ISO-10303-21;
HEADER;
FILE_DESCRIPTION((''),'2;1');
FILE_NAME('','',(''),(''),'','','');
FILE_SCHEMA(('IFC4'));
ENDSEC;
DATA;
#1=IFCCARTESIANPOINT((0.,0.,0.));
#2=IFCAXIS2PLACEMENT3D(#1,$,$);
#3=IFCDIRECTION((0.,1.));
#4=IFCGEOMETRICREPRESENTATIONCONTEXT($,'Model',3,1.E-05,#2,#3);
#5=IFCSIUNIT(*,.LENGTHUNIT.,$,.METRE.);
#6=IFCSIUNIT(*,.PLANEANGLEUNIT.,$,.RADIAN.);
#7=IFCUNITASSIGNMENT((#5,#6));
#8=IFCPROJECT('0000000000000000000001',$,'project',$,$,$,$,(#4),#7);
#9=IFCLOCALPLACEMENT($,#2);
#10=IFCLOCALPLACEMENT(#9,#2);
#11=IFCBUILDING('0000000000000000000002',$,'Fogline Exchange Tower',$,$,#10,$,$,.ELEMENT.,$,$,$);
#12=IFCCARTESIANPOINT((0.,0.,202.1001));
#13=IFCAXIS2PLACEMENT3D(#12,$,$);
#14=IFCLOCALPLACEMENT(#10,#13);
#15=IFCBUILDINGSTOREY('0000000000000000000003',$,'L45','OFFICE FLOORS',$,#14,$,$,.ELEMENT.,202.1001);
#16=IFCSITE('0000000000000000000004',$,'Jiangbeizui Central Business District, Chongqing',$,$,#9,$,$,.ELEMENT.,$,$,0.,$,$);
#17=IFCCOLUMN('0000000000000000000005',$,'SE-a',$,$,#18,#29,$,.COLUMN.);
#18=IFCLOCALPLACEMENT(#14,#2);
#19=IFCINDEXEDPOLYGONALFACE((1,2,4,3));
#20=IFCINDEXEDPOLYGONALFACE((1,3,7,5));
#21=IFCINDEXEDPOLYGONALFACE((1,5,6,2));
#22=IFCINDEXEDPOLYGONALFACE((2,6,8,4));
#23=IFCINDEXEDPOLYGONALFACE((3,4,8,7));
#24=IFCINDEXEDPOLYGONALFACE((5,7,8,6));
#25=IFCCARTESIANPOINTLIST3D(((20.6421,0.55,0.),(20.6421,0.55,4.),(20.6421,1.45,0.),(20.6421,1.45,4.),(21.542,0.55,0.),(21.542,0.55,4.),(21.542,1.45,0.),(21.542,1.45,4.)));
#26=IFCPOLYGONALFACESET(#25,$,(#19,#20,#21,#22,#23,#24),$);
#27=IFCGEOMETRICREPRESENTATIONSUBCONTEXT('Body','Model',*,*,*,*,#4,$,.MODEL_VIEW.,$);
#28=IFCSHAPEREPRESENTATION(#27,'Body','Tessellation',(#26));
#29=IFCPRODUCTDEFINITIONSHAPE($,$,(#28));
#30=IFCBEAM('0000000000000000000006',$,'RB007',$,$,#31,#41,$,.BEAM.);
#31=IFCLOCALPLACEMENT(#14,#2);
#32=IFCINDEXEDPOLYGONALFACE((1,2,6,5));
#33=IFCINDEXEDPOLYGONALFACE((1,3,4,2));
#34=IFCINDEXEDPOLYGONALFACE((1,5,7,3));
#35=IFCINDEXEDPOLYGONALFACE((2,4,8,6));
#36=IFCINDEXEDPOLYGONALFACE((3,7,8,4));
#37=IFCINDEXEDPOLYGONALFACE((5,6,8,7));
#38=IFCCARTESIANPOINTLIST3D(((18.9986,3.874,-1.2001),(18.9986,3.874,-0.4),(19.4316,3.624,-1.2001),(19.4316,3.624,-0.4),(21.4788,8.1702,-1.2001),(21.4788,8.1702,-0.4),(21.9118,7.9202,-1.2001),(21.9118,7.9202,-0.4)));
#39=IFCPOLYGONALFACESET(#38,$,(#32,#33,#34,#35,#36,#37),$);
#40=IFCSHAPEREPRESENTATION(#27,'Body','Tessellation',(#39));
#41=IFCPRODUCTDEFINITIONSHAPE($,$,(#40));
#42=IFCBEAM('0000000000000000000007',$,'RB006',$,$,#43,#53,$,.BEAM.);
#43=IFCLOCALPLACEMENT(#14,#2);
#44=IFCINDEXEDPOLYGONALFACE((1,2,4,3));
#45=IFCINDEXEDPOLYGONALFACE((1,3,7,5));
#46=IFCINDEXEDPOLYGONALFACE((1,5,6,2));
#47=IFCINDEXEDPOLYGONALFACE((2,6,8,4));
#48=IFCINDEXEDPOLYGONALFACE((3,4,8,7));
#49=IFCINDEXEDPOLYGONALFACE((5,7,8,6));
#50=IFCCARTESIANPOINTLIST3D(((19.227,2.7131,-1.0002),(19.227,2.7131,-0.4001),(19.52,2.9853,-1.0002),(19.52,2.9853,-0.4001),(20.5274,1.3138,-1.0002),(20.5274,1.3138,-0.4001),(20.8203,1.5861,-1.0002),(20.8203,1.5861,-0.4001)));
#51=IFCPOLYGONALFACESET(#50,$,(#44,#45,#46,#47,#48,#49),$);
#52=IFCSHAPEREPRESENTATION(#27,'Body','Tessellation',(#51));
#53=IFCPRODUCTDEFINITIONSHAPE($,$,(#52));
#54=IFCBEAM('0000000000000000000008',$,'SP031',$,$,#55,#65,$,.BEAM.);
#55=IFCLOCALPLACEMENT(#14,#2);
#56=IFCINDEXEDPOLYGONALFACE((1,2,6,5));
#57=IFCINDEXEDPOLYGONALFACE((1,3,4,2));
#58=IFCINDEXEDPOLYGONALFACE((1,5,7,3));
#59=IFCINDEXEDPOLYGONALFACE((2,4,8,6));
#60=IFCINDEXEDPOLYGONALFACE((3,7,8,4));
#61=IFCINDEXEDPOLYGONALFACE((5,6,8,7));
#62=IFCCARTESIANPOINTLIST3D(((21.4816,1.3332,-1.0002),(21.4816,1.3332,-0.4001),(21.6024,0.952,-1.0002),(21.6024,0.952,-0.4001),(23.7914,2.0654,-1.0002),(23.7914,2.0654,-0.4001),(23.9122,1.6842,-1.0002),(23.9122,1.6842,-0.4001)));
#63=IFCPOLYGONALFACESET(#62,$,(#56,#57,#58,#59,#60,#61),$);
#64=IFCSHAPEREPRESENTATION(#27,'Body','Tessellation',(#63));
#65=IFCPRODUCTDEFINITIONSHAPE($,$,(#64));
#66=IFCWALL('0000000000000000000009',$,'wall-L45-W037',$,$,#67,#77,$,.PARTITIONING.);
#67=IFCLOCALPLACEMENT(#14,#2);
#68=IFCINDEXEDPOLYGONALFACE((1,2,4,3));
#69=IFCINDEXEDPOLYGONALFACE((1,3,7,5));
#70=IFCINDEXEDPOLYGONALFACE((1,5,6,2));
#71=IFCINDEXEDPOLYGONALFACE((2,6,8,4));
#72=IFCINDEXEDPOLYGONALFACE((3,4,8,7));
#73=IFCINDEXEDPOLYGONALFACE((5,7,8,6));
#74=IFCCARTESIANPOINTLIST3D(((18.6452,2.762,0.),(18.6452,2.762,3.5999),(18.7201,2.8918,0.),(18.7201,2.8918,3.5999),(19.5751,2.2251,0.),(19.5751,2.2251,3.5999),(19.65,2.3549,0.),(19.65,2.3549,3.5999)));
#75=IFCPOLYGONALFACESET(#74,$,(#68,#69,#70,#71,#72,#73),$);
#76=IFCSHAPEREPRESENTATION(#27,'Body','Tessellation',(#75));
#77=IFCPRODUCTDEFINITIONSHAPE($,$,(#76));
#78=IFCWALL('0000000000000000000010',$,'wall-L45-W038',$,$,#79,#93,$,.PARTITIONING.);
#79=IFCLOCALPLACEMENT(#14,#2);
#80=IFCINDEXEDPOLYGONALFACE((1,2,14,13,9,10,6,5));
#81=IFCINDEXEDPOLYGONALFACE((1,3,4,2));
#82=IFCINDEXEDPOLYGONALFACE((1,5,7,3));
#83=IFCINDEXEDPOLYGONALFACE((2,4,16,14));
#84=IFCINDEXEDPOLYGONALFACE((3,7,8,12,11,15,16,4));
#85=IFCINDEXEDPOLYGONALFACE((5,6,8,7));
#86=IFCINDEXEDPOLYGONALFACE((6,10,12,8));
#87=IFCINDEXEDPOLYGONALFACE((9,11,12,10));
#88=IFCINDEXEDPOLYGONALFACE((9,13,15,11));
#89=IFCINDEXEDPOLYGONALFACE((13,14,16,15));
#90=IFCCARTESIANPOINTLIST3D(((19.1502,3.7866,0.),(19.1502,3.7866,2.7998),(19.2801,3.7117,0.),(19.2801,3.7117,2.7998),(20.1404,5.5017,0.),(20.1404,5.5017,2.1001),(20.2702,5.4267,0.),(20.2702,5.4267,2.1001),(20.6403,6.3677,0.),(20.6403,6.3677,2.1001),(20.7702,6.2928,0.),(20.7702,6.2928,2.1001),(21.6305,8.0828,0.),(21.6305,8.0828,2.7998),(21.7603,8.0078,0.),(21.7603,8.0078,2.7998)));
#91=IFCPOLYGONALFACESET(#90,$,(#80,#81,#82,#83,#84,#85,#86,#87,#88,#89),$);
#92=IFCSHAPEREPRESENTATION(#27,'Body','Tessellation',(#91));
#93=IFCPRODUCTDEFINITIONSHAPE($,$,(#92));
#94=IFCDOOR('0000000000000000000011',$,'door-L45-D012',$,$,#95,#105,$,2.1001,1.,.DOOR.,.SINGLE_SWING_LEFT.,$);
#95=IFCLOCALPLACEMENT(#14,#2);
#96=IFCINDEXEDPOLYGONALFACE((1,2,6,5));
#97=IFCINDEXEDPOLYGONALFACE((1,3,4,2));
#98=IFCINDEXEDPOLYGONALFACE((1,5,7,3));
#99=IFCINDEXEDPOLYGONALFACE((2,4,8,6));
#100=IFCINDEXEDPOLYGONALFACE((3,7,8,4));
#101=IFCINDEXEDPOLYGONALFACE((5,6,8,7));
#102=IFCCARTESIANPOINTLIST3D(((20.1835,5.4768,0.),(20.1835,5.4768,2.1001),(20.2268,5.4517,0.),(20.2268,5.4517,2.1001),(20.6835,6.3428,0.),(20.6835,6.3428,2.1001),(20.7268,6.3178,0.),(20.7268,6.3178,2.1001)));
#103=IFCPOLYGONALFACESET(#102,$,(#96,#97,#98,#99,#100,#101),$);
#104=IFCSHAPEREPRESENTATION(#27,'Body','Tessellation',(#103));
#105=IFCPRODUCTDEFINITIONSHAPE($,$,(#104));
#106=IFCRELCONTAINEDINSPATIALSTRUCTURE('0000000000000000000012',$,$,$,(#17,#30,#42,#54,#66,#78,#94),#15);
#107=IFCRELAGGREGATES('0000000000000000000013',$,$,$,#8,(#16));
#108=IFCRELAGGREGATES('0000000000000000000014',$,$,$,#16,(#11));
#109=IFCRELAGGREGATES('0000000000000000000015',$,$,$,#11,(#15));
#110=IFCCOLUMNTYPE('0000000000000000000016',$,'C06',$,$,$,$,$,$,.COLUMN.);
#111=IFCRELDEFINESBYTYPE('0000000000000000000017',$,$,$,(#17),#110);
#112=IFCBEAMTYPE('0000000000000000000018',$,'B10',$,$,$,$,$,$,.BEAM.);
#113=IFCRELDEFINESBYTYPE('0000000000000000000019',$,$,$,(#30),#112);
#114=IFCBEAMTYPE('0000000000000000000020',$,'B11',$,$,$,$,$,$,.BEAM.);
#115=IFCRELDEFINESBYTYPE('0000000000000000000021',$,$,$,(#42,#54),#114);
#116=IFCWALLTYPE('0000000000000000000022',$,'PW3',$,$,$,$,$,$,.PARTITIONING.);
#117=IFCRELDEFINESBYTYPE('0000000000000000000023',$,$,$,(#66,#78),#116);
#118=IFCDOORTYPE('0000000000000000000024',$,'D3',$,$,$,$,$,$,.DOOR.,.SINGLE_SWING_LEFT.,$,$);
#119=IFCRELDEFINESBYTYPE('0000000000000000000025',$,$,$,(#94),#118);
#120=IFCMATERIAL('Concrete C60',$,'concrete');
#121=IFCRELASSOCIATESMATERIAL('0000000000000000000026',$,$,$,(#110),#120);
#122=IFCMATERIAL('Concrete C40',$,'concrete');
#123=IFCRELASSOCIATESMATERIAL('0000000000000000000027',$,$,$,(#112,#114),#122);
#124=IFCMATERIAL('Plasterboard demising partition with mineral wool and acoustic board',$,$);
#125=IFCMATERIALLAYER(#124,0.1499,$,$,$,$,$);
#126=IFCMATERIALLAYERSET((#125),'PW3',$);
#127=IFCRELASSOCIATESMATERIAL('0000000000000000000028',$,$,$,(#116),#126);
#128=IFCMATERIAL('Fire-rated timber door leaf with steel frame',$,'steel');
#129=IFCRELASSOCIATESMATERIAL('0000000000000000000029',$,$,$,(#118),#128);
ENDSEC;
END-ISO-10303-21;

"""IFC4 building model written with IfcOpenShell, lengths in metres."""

from ifc_helpers import new_model, si_unit, direction, frame, frame_2d, origin, origin_2d, place, context, subcontext, project, spatial, rectangle, extrude, material, layer, layer_set, material_profile, profile_set, type_object, element, fill, save


model = new_model("IFC4")

# Units and contexts
model_context = context("Model", 3, precision=1e-05, world=origin(), true_north=direction((0.0, 1.0)))
body_context = subcontext(model_context, "Body", "Model", "MODEL_VIEW")
ifc_project = project(units=[si_unit("LENGTHUNIT", "METRE"), si_unit("PLANEANGLEUNIT", "RADIAN")], contexts=[model_context])

# Site, building, storey
site_placement = place(None, origin())
site = spatial("IfcSite", under=ifc_project, at=site_placement, Name="Jiangbeizui Central Business District, Chongqing", CompositionType="ELEMENT", RefElevation=0.0)
building_placement = place(site_placement, origin())
building = spatial("IfcBuilding", under=site, at=building_placement, Name="Fogline Exchange Tower", CompositionType="ELEMENT")
storey_placement = place(building_placement, frame((0.0, 0.0, 202.1001)))
storey = spatial("IfcBuildingStorey", under=building, at=storey_placement, Name="L45", Description="OFFICE FLOORS", CompositionType="ELEMENT", Elevation=202.1001)

# Column
ifc_material_1 = material(Name="Concrete C60", Category="concrete")
ifc_material_profile_1 = material_profile(ifc_material_1, rectangle(XDim=0.8999, YDim=0.8999, at=origin_2d()), Name="RC 900x900")
ifc_profile_set_1 = profile_set([ifc_material_profile_1], Name="Concrete C60")
column_type = type_object("IfcColumnType", Name="C06", PredefinedType="COLUMN", material=ifc_profile_set_1)
column_placement = place(storey_placement, frame((21.092, 1.0, 0.0), z_axis=(0.0, 0.0, 1.0), x_axis=(1.0, 0.0, 0.0)))
element("IfcColumn", 1, at=column_placement, inside=storey, type_object=column_type, Name="SE-a", PredefinedType="COLUMN", context=body_context, shape_type="SweptSolid", body=[
    extrude(rectangle(XDim=0.8999, YDim=0.8999, at=origin_2d()), origin(), (0.0, 0.0, 1.0), 4.0),
])

# Beams
ifc_material_2 = material(Name="Concrete C40", Category="concrete")
ifc_material_profile_2 = material_profile(ifc_material_2, rectangle(XDim=0.5, YDim=0.8, at=origin_2d()), Name="RC 500x800")
ifc_profile_set_2 = profile_set([ifc_material_profile_2], Name="Concrete C40")
beam_type_1 = type_object("IfcBeamType", Name="B10", PredefinedType="BEAM", material=ifc_profile_set_2)
beam_1_placement = place(storey_placement, frame((19.2151, 3.749, -0.8), z_axis=(0.499977, 0.866039, 0.0), x_axis=(-0.866039, 0.499977, 0.0)))
element("IfcBeam", 2, at=beam_1_placement, inside=storey, type_object=beam_type_1, Name="RB007", PredefinedType="BEAM", context=body_context, shape_type="SweptSolid", body=[
    extrude(rectangle(XDim=0.5, YDim=0.8, at=origin_2d()), origin(), (0.0, 0.0, 1.0), 4.9607),
])
ifc_material_profile_3 = material_profile(ifc_material_2, rectangle(XDim=0.3999, YDim=0.6001, at=origin_2d()), Name="RC 400x600")
ifc_profile_set_3 = profile_set([ifc_material_profile_3], Name="Concrete C40")
beam_type_2 = type_object("IfcBeamType", Name="B11", PredefinedType="BEAM", material=ifc_profile_set_3)
beam_2_placement = place(storey_placement, frame((20.6738, 1.45, -0.7002), z_axis=(-0.68075, 0.732516, 0.0), x_axis=(-0.732516, -0.68075, 0.0)))
element("IfcBeam", 3, at=beam_2_placement, inside=storey, type_object=beam_type_2, Name="RB006", PredefinedType="BEAM", context=body_context, shape_type="SweptSolid", body=[
    extrude(rectangle(XDim=0.3999, YDim=0.6001, at=origin_2d()), origin(), (0.0, 0.0, 1.0), 1.9102),
])
beam_3_placement = place(storey_placement, frame((21.542, 1.1426, -0.7002), z_axis=(0.953255, 0.302168, 0.0), x_axis=(-0.302168, 0.953255, 0.0)))
element("IfcBeam", 4, at=beam_3_placement, inside=storey, type_object=beam_type_2, Name="SP031", PredefinedType="BEAM", context=body_context, shape_type="SweptSolid", body=[
    extrude(rectangle(XDim=0.3999, YDim=0.6001, at=origin_2d()), origin(), (0.0, 0.0, 1.0), 2.4231),
])

# Wall
ifc_material_3 = material(Name="Plasterboard demising partition with mineral wool and acoustic board")
ifc_layer = layer(ifc_material_3, 0.1499)
ifc_layer_set = layer_set([ifc_layer], Name="PW3")
wall_type = type_object("IfcWallType", Name="PW3", PredefinedType="PARTITIONING", material=ifc_layer_set)
wall_1_placement = place(storey_placement, frame((19.6125, 2.29, 0.0), z_axis=(0.0, 0.0, 1.0), x_axis=(-0.866038, 0.499978, 0.0)))
element("IfcWall", 5, at=wall_1_placement, inside=storey, type_object=wall_type, Name="wall-L45-W037", PredefinedType="PARTITIONING", context=body_context, shape_type="SweptSolid", body=[
    extrude(rectangle(XDim=1.0737, YDim=0.1499, at=frame_2d((0.5369, 0.0))), origin(), (0.0, 0.0, 1.0), 3.5999),
])

# Wall, opening, door
wall_2_placement = place(storey_placement, frame((19.2151, 3.749, 0.0), z_axis=(0.0, 0.0, 1.0), x_axis=(0.499977, 0.866039, 0.0)))
wall_2 = element("IfcWall", 6, at=wall_2_placement, inside=storey, type_object=wall_type, Name="wall-L45-W038", PredefinedType="PARTITIONING", context=body_context, shape_type="SweptSolid", body=[
    extrude(rectangle(XDim=4.9607, YDim=0.1499, at=frame_2d((2.4805, 0.0))), origin(), (0.0, 0.0, 1.0), 2.7998),
])
opening_placement = place(wall_2_placement, frame((1.9805, 0.0, 0.0)))
opening = element("IfcOpeningElement", 7, at=opening_placement, cuts=wall_2, PredefinedType="OPENING", context=body_context, shape_type="SweptSolid", body=[
    extrude(rectangle(XDim=1.0, YDim=2.1001, at=frame_2d((0.5, 1.05))), frame((0.0, 0.085, 0.0), z_axis=(0.0, -1.0, 0.0), x_axis=(1.0, 0.0, 0.0)), (0.0, 0.0, 1.0), 0.1699),
])
ifc_material_4 = material(Name="Fire-rated timber door leaf with steel frame", Category="steel")
door_type = type_object("IfcDoorType", Name="D3", OperationType="SINGLE_SWING_LEFT", PredefinedType="DOOR", material=ifc_material_4)
door_placement = place(opening_placement, frame((1.0, 0.0, 0.0), z_axis=(0.0, 0.0, 1.0), x_axis=(-1.0, 0.0, 0.0)))
door = element("IfcDoor", 8, at=door_placement, inside=storey, type_object=door_type, Name="door-L45-D012", OperationType="SINGLE_SWING_LEFT", OverallHeight=2.1001, OverallWidth=1.0, PredefinedType="DOOR", context=body_context, shape_type="SweptSolid", body=[
    extrude(rectangle(XDim=1.0, YDim=2.1001, at=frame_2d((0.5, 1.05))), frame((0.0, 0.0249, 0.0), z_axis=(0.0, -1.0, 0.0), x_axis=(1.0, 0.0, 0.0)), (0.0, 0.0, 1.0), 0.05),
])
fill(opening, door)

save(model, "model.ifc")
